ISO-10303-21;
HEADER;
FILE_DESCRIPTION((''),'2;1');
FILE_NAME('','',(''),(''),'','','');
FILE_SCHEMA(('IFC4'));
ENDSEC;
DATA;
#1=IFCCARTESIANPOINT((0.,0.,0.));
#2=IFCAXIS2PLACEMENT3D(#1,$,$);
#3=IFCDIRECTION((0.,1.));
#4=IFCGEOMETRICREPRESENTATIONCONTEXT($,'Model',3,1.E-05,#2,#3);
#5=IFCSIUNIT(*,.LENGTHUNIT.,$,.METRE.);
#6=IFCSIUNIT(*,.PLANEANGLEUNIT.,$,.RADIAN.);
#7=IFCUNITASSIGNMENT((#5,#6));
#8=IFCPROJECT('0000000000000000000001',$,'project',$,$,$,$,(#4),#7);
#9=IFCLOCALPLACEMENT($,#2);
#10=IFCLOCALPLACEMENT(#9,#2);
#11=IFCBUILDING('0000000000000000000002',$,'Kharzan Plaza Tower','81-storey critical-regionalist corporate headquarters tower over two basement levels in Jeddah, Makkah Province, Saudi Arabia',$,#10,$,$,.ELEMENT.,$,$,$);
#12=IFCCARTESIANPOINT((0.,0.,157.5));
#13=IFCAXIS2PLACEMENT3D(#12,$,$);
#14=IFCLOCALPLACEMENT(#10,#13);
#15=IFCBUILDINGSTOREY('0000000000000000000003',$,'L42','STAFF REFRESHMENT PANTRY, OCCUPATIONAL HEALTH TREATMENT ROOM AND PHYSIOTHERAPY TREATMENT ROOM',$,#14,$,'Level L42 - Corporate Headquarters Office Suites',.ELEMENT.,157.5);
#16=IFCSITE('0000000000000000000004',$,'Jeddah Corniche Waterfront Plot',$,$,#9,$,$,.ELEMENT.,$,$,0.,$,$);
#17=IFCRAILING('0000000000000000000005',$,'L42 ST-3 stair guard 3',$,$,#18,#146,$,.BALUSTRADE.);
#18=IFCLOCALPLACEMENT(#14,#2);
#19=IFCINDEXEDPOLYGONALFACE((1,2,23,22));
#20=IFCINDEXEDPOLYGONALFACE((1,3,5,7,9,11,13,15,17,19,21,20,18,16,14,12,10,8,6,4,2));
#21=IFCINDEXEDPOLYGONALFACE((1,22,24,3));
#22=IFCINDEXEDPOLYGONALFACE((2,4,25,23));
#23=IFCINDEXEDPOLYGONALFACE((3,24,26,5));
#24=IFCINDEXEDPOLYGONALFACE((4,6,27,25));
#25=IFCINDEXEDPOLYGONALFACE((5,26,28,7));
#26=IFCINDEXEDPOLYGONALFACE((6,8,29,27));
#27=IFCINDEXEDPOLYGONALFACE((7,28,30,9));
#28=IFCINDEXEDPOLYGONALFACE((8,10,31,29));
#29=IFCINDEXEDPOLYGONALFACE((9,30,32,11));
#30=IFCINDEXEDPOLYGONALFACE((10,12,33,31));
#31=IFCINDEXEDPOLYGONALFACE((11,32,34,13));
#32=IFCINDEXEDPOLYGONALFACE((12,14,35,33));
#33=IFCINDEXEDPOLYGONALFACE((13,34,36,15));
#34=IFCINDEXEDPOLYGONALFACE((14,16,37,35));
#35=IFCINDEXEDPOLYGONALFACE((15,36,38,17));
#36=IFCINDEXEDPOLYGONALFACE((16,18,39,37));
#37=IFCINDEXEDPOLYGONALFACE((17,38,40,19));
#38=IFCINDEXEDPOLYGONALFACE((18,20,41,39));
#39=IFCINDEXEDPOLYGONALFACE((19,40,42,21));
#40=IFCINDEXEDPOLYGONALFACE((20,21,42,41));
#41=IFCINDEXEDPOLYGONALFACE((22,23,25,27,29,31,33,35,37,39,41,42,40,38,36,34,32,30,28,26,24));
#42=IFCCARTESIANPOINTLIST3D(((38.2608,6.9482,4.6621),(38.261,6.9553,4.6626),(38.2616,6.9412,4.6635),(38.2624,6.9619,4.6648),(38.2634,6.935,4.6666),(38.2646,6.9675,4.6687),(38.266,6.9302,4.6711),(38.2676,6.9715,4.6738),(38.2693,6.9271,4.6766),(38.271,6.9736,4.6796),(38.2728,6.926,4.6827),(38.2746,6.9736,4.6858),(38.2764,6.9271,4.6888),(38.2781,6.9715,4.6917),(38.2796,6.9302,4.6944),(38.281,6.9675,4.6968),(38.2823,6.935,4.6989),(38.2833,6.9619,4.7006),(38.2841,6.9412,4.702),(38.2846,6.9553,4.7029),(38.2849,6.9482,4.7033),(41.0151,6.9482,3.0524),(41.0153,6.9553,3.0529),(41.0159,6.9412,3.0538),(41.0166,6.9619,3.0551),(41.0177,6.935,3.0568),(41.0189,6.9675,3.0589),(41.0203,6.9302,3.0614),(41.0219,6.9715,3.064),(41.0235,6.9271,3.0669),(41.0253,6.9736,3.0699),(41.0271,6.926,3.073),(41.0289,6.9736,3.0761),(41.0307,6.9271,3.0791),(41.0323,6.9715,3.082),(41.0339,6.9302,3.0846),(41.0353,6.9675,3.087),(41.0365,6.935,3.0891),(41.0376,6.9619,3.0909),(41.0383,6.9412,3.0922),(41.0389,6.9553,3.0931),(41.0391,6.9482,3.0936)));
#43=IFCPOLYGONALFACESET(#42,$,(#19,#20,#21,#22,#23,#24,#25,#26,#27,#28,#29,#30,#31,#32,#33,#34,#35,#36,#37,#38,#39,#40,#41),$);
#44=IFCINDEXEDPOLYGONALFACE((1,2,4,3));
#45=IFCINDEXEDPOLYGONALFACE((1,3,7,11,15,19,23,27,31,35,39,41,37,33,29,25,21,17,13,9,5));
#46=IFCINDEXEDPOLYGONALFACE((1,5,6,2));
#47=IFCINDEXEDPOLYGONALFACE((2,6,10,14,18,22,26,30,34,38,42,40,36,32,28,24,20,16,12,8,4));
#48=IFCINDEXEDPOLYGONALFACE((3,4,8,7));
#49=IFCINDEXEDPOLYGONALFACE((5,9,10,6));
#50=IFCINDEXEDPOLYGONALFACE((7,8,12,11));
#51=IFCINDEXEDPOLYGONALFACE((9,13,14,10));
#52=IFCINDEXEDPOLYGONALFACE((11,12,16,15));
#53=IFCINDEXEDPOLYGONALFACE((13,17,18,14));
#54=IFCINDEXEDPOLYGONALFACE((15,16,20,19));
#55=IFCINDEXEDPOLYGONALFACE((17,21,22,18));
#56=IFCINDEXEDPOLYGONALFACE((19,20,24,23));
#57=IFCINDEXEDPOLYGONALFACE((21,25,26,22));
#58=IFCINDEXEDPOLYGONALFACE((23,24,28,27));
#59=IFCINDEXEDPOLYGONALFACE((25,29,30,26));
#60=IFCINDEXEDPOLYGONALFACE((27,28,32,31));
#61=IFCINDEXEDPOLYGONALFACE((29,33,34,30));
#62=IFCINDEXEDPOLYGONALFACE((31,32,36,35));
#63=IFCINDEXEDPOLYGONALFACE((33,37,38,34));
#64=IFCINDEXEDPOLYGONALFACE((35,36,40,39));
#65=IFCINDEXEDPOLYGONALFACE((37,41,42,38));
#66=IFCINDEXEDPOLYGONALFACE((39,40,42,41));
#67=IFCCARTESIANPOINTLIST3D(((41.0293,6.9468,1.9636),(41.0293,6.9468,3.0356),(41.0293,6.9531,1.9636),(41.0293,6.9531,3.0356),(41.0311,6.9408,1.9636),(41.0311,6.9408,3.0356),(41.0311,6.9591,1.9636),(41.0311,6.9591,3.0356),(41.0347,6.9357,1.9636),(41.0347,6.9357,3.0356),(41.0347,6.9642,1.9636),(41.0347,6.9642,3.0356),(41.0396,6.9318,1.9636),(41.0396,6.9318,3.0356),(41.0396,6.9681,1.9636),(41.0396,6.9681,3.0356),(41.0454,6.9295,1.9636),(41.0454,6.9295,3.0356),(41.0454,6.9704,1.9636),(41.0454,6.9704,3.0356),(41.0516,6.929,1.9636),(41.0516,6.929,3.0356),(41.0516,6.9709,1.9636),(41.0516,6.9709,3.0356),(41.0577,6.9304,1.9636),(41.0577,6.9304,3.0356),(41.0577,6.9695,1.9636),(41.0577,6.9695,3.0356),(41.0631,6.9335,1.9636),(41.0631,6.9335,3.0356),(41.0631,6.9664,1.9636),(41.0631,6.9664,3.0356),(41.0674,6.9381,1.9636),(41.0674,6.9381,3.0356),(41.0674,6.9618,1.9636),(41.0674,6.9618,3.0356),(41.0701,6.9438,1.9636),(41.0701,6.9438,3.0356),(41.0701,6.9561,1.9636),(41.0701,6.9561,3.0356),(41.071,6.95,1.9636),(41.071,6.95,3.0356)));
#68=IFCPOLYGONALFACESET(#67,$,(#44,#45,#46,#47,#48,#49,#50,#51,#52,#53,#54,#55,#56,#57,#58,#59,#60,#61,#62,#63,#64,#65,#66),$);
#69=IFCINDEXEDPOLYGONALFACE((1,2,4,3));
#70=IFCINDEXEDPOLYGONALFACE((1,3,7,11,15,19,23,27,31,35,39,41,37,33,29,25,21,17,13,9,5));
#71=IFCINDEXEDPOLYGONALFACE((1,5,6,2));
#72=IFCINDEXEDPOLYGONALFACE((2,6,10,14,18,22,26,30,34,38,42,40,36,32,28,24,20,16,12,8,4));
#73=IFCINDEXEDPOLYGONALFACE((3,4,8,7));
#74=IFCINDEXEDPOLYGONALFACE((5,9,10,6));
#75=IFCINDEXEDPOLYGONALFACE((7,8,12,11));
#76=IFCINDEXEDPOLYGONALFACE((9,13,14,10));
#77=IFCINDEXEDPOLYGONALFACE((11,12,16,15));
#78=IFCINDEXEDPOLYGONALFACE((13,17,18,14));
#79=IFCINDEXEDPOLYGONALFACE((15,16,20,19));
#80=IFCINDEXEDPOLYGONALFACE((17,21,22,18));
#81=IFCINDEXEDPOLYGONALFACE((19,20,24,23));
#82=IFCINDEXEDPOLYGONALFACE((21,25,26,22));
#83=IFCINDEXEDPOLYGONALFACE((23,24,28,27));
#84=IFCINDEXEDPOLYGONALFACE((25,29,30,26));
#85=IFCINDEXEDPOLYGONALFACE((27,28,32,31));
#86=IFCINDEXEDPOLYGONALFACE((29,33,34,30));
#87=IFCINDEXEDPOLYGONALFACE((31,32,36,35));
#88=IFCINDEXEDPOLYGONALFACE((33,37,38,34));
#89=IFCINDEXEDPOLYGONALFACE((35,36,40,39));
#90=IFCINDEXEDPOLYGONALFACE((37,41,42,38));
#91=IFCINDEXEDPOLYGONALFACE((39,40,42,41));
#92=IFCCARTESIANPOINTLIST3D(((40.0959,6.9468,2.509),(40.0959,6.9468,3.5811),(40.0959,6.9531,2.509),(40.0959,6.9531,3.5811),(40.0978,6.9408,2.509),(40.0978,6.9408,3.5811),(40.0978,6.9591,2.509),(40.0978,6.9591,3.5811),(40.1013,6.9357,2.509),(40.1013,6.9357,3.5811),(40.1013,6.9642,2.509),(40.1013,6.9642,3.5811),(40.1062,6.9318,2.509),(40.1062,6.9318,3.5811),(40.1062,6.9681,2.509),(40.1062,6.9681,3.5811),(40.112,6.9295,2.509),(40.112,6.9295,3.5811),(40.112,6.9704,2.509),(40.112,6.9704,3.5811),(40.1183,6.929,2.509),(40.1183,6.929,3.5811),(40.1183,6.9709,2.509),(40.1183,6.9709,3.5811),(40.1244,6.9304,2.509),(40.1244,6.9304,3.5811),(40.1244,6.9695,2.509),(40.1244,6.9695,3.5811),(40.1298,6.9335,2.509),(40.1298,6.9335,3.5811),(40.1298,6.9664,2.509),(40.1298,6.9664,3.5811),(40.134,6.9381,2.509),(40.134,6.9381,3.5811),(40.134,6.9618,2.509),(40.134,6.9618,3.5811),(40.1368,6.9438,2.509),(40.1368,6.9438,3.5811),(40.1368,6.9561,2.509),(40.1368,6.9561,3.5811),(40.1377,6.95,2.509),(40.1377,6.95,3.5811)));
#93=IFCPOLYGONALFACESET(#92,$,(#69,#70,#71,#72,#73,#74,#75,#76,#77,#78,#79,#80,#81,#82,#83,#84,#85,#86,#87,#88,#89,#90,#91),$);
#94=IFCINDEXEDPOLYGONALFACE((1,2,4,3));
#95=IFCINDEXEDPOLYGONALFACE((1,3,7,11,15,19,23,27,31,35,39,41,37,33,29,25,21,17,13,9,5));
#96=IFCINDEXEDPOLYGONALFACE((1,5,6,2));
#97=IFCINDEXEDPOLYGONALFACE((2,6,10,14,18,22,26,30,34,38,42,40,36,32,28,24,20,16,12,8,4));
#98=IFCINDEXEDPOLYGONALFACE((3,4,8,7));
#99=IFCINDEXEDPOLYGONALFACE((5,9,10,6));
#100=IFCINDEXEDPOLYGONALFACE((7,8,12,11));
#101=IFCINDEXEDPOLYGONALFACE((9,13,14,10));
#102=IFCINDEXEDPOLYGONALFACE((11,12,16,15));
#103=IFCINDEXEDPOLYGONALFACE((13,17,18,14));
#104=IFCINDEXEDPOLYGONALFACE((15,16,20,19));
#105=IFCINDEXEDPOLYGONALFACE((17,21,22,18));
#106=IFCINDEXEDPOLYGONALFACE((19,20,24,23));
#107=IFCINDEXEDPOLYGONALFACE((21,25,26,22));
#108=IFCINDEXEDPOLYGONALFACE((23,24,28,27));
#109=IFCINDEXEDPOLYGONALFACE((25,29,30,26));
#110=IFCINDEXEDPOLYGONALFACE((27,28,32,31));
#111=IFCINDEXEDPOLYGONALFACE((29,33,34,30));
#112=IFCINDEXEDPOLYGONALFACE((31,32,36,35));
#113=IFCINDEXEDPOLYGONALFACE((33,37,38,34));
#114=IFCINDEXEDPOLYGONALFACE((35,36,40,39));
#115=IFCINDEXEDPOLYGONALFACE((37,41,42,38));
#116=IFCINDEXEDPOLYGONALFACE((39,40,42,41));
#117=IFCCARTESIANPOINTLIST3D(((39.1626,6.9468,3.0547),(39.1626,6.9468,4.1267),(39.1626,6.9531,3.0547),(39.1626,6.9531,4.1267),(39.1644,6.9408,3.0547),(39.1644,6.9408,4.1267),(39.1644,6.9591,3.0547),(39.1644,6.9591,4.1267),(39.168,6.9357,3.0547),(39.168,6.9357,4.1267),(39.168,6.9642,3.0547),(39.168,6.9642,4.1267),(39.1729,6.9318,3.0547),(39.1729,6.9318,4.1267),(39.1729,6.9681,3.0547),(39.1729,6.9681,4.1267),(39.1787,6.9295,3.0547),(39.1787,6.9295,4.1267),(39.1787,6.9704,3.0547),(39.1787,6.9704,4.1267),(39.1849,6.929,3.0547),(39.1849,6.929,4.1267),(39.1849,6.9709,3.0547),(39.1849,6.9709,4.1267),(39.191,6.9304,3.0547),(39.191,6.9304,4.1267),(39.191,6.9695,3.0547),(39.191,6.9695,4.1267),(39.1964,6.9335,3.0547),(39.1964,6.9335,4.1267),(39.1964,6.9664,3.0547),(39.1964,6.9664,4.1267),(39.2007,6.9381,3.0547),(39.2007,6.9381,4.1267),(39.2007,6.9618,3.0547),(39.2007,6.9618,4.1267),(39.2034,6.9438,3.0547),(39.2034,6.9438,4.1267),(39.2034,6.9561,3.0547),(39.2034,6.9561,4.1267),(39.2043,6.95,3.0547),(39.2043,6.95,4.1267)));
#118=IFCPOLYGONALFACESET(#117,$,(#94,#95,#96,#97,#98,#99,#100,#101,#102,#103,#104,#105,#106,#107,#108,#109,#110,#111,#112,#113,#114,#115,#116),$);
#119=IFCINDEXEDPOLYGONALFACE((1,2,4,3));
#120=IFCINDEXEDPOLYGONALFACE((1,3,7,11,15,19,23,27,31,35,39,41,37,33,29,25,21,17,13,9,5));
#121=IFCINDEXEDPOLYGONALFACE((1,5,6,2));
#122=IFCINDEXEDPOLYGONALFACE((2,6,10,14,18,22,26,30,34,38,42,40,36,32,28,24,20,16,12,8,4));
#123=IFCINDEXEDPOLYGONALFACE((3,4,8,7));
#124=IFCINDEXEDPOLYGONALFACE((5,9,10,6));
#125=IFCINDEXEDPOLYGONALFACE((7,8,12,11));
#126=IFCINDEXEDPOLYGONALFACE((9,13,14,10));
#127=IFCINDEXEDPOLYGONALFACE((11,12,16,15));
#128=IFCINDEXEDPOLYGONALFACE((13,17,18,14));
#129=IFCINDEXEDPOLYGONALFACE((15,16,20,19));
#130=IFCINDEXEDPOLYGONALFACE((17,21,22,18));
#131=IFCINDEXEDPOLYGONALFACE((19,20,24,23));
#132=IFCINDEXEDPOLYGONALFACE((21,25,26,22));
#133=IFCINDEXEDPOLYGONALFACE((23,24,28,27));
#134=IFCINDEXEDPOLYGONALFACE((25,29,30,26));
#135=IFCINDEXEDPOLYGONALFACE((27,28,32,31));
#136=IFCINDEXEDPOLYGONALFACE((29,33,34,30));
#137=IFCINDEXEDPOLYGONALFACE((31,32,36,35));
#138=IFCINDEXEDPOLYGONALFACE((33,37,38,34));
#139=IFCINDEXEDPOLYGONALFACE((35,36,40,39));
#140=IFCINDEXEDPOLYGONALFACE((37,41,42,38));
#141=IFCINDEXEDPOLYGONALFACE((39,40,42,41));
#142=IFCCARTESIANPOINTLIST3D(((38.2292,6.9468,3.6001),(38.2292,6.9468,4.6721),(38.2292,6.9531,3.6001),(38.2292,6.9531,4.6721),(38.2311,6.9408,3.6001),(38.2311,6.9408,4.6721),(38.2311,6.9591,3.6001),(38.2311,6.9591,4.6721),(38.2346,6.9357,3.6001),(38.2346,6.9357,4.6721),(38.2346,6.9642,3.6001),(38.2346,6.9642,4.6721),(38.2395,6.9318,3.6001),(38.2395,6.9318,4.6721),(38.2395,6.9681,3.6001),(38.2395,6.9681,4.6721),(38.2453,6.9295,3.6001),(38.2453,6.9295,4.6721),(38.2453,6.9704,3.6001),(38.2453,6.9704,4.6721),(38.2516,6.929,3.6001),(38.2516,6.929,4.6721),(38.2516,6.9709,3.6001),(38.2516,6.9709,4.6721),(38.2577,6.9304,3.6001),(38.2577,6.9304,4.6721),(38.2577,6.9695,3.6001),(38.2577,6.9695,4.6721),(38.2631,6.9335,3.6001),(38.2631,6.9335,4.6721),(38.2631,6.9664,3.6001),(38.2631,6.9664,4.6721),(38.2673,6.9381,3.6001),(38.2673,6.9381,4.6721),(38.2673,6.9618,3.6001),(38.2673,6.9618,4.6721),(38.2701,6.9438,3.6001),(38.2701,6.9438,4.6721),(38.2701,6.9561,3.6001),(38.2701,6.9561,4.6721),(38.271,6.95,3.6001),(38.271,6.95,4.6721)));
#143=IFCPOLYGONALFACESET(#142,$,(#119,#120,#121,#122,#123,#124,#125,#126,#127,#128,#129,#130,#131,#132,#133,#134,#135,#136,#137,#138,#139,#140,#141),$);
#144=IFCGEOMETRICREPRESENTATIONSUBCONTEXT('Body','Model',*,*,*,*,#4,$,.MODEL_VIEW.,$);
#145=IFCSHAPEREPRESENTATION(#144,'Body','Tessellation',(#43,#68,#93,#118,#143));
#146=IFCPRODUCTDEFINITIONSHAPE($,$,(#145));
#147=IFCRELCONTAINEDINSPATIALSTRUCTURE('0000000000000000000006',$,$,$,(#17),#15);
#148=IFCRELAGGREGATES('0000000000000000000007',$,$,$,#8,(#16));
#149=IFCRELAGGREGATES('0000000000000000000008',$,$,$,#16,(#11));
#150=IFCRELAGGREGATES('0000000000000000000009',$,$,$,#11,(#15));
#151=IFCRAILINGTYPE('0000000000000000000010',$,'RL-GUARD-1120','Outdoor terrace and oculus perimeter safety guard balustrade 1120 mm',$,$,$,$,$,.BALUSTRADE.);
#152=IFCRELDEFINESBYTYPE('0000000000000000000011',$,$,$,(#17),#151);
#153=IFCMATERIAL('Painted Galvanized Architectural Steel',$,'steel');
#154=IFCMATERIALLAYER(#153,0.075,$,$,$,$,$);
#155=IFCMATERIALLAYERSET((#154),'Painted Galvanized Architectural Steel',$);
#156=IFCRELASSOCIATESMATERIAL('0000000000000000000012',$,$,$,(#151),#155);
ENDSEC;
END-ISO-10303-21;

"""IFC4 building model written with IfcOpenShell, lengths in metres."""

from ifc_helpers import new_model, si_unit, direction, frame, origin, origin_2d, place, context, subcontext, project, spatial, circle, extrude, source, transform, mapped, material, layer, layer_set, type_object, element, save


model = new_model("IFC4")

# Units and contexts
model_context = context("Model", 3, precision=1e-05, world=origin(), true_north=direction((0.0, 1.0)))
body_context = subcontext(model_context, "Body", "Model", "MODEL_VIEW")
ifc_project = project(units=[si_unit("LENGTHUNIT", "METRE"), si_unit("PLANEANGLEUNIT", "RADIAN")], contexts=[model_context])

# Site, building, storey
site_placement = place(None, origin())
site = spatial("IfcSite", under=ifc_project, at=site_placement, Name="Jeddah Corniche Waterfront Plot", CompositionType="ELEMENT", RefElevation=0.0)
building_placement = place(site_placement, origin())
building = spatial("IfcBuilding", under=site, at=building_placement, Name="Kharzan Plaza Tower", Description="81-storey critical-regionalist corporate headquarters tower over two basement levels in Jeddah, Makkah Province, Saudi Arabia", CompositionType="ELEMENT")
storey_placement = place(building_placement, frame((0.0, 0.0, 157.5)))
storey = spatial("IfcBuildingStorey", under=building, at=storey_placement, Name="L42", Description="STAFF REFRESHMENT PANTRY, OCCUPATIONAL HEALTH TREATMENT ROOM AND PHYSIOTHERAPY TREATMENT ROOM", LongName="Level L42 - Corporate Headquarters Office Suites", CompositionType="ELEMENT", Elevation=157.5)

# Railing
ifc_material_1 = material(Name="Painted Galvanized Architectural Steel", Category="steel")
ifc_layer_1 = layer(ifc_material_1, 0.075)
ifc_layer_set_1 = layer_set([ifc_layer_1], Name="Painted Galvanized Architectural Steel")
railing_type_1 = type_object("IfcRailingType", Name="RL-GUARD-1120", Description="Outdoor terrace and oculus perimeter safety guard balustrade 1120 mm", PredefinedType="BALUSTRADE", material=ifc_layer_set_1)
shared_shape_1 = source(origin(), body_context, "Body", "SweptSolid", [
    extrude(circle(Radius=0.0239, at=origin_2d()), frame((-0.0229, 0.0, 1.1094), z_axis=(-0.863361, 0.0, 0.504587), x_axis=(0.0, -1.0, 0.0)), (0.0, 0.0, 1.0), 3.1902),
    extrude(circle(Radius=0.021, at=origin_2d()), origin(), (0.0, 0.0, 1.0), 1.072),
    extrude(circle(Radius=0.021, at=origin_2d()), frame((-0.9333, 0.0, 0.5454)), (0.0, 0.0, 1.0), 1.072),
    extrude(circle(Radius=0.021, at=origin_2d()), frame((-1.8667, 0.0, 1.0911)), (0.0, 0.0, 1.0), 1.072),
    extrude(circle(Radius=0.021, at=origin_2d()), frame((-2.8, 0.0, 1.6365)), (0.0, 0.0, 1.0), 1.072),
])
railing_1_placement = place(storey_placement, frame((41.05, 6.95, 1.9636)))
element("IfcRailing", 1, at=railing_1_placement, inside=storey, type_object=railing_type_1, Name="L42 ST-3 stair guard 3", PredefinedType="BALUSTRADE", context=body_context, shape_type="MappedRepresentation", body=[
    mapped(shared_shape_1, transform((0.0, 0.0, 0.0), x_axis=(1.0, 0.0, 0.0), y_axis=(0.0, 1.0, 0.0), z_axis=(0.0, 0.0, 1.0))),
])

save(model, "model.ifc")
